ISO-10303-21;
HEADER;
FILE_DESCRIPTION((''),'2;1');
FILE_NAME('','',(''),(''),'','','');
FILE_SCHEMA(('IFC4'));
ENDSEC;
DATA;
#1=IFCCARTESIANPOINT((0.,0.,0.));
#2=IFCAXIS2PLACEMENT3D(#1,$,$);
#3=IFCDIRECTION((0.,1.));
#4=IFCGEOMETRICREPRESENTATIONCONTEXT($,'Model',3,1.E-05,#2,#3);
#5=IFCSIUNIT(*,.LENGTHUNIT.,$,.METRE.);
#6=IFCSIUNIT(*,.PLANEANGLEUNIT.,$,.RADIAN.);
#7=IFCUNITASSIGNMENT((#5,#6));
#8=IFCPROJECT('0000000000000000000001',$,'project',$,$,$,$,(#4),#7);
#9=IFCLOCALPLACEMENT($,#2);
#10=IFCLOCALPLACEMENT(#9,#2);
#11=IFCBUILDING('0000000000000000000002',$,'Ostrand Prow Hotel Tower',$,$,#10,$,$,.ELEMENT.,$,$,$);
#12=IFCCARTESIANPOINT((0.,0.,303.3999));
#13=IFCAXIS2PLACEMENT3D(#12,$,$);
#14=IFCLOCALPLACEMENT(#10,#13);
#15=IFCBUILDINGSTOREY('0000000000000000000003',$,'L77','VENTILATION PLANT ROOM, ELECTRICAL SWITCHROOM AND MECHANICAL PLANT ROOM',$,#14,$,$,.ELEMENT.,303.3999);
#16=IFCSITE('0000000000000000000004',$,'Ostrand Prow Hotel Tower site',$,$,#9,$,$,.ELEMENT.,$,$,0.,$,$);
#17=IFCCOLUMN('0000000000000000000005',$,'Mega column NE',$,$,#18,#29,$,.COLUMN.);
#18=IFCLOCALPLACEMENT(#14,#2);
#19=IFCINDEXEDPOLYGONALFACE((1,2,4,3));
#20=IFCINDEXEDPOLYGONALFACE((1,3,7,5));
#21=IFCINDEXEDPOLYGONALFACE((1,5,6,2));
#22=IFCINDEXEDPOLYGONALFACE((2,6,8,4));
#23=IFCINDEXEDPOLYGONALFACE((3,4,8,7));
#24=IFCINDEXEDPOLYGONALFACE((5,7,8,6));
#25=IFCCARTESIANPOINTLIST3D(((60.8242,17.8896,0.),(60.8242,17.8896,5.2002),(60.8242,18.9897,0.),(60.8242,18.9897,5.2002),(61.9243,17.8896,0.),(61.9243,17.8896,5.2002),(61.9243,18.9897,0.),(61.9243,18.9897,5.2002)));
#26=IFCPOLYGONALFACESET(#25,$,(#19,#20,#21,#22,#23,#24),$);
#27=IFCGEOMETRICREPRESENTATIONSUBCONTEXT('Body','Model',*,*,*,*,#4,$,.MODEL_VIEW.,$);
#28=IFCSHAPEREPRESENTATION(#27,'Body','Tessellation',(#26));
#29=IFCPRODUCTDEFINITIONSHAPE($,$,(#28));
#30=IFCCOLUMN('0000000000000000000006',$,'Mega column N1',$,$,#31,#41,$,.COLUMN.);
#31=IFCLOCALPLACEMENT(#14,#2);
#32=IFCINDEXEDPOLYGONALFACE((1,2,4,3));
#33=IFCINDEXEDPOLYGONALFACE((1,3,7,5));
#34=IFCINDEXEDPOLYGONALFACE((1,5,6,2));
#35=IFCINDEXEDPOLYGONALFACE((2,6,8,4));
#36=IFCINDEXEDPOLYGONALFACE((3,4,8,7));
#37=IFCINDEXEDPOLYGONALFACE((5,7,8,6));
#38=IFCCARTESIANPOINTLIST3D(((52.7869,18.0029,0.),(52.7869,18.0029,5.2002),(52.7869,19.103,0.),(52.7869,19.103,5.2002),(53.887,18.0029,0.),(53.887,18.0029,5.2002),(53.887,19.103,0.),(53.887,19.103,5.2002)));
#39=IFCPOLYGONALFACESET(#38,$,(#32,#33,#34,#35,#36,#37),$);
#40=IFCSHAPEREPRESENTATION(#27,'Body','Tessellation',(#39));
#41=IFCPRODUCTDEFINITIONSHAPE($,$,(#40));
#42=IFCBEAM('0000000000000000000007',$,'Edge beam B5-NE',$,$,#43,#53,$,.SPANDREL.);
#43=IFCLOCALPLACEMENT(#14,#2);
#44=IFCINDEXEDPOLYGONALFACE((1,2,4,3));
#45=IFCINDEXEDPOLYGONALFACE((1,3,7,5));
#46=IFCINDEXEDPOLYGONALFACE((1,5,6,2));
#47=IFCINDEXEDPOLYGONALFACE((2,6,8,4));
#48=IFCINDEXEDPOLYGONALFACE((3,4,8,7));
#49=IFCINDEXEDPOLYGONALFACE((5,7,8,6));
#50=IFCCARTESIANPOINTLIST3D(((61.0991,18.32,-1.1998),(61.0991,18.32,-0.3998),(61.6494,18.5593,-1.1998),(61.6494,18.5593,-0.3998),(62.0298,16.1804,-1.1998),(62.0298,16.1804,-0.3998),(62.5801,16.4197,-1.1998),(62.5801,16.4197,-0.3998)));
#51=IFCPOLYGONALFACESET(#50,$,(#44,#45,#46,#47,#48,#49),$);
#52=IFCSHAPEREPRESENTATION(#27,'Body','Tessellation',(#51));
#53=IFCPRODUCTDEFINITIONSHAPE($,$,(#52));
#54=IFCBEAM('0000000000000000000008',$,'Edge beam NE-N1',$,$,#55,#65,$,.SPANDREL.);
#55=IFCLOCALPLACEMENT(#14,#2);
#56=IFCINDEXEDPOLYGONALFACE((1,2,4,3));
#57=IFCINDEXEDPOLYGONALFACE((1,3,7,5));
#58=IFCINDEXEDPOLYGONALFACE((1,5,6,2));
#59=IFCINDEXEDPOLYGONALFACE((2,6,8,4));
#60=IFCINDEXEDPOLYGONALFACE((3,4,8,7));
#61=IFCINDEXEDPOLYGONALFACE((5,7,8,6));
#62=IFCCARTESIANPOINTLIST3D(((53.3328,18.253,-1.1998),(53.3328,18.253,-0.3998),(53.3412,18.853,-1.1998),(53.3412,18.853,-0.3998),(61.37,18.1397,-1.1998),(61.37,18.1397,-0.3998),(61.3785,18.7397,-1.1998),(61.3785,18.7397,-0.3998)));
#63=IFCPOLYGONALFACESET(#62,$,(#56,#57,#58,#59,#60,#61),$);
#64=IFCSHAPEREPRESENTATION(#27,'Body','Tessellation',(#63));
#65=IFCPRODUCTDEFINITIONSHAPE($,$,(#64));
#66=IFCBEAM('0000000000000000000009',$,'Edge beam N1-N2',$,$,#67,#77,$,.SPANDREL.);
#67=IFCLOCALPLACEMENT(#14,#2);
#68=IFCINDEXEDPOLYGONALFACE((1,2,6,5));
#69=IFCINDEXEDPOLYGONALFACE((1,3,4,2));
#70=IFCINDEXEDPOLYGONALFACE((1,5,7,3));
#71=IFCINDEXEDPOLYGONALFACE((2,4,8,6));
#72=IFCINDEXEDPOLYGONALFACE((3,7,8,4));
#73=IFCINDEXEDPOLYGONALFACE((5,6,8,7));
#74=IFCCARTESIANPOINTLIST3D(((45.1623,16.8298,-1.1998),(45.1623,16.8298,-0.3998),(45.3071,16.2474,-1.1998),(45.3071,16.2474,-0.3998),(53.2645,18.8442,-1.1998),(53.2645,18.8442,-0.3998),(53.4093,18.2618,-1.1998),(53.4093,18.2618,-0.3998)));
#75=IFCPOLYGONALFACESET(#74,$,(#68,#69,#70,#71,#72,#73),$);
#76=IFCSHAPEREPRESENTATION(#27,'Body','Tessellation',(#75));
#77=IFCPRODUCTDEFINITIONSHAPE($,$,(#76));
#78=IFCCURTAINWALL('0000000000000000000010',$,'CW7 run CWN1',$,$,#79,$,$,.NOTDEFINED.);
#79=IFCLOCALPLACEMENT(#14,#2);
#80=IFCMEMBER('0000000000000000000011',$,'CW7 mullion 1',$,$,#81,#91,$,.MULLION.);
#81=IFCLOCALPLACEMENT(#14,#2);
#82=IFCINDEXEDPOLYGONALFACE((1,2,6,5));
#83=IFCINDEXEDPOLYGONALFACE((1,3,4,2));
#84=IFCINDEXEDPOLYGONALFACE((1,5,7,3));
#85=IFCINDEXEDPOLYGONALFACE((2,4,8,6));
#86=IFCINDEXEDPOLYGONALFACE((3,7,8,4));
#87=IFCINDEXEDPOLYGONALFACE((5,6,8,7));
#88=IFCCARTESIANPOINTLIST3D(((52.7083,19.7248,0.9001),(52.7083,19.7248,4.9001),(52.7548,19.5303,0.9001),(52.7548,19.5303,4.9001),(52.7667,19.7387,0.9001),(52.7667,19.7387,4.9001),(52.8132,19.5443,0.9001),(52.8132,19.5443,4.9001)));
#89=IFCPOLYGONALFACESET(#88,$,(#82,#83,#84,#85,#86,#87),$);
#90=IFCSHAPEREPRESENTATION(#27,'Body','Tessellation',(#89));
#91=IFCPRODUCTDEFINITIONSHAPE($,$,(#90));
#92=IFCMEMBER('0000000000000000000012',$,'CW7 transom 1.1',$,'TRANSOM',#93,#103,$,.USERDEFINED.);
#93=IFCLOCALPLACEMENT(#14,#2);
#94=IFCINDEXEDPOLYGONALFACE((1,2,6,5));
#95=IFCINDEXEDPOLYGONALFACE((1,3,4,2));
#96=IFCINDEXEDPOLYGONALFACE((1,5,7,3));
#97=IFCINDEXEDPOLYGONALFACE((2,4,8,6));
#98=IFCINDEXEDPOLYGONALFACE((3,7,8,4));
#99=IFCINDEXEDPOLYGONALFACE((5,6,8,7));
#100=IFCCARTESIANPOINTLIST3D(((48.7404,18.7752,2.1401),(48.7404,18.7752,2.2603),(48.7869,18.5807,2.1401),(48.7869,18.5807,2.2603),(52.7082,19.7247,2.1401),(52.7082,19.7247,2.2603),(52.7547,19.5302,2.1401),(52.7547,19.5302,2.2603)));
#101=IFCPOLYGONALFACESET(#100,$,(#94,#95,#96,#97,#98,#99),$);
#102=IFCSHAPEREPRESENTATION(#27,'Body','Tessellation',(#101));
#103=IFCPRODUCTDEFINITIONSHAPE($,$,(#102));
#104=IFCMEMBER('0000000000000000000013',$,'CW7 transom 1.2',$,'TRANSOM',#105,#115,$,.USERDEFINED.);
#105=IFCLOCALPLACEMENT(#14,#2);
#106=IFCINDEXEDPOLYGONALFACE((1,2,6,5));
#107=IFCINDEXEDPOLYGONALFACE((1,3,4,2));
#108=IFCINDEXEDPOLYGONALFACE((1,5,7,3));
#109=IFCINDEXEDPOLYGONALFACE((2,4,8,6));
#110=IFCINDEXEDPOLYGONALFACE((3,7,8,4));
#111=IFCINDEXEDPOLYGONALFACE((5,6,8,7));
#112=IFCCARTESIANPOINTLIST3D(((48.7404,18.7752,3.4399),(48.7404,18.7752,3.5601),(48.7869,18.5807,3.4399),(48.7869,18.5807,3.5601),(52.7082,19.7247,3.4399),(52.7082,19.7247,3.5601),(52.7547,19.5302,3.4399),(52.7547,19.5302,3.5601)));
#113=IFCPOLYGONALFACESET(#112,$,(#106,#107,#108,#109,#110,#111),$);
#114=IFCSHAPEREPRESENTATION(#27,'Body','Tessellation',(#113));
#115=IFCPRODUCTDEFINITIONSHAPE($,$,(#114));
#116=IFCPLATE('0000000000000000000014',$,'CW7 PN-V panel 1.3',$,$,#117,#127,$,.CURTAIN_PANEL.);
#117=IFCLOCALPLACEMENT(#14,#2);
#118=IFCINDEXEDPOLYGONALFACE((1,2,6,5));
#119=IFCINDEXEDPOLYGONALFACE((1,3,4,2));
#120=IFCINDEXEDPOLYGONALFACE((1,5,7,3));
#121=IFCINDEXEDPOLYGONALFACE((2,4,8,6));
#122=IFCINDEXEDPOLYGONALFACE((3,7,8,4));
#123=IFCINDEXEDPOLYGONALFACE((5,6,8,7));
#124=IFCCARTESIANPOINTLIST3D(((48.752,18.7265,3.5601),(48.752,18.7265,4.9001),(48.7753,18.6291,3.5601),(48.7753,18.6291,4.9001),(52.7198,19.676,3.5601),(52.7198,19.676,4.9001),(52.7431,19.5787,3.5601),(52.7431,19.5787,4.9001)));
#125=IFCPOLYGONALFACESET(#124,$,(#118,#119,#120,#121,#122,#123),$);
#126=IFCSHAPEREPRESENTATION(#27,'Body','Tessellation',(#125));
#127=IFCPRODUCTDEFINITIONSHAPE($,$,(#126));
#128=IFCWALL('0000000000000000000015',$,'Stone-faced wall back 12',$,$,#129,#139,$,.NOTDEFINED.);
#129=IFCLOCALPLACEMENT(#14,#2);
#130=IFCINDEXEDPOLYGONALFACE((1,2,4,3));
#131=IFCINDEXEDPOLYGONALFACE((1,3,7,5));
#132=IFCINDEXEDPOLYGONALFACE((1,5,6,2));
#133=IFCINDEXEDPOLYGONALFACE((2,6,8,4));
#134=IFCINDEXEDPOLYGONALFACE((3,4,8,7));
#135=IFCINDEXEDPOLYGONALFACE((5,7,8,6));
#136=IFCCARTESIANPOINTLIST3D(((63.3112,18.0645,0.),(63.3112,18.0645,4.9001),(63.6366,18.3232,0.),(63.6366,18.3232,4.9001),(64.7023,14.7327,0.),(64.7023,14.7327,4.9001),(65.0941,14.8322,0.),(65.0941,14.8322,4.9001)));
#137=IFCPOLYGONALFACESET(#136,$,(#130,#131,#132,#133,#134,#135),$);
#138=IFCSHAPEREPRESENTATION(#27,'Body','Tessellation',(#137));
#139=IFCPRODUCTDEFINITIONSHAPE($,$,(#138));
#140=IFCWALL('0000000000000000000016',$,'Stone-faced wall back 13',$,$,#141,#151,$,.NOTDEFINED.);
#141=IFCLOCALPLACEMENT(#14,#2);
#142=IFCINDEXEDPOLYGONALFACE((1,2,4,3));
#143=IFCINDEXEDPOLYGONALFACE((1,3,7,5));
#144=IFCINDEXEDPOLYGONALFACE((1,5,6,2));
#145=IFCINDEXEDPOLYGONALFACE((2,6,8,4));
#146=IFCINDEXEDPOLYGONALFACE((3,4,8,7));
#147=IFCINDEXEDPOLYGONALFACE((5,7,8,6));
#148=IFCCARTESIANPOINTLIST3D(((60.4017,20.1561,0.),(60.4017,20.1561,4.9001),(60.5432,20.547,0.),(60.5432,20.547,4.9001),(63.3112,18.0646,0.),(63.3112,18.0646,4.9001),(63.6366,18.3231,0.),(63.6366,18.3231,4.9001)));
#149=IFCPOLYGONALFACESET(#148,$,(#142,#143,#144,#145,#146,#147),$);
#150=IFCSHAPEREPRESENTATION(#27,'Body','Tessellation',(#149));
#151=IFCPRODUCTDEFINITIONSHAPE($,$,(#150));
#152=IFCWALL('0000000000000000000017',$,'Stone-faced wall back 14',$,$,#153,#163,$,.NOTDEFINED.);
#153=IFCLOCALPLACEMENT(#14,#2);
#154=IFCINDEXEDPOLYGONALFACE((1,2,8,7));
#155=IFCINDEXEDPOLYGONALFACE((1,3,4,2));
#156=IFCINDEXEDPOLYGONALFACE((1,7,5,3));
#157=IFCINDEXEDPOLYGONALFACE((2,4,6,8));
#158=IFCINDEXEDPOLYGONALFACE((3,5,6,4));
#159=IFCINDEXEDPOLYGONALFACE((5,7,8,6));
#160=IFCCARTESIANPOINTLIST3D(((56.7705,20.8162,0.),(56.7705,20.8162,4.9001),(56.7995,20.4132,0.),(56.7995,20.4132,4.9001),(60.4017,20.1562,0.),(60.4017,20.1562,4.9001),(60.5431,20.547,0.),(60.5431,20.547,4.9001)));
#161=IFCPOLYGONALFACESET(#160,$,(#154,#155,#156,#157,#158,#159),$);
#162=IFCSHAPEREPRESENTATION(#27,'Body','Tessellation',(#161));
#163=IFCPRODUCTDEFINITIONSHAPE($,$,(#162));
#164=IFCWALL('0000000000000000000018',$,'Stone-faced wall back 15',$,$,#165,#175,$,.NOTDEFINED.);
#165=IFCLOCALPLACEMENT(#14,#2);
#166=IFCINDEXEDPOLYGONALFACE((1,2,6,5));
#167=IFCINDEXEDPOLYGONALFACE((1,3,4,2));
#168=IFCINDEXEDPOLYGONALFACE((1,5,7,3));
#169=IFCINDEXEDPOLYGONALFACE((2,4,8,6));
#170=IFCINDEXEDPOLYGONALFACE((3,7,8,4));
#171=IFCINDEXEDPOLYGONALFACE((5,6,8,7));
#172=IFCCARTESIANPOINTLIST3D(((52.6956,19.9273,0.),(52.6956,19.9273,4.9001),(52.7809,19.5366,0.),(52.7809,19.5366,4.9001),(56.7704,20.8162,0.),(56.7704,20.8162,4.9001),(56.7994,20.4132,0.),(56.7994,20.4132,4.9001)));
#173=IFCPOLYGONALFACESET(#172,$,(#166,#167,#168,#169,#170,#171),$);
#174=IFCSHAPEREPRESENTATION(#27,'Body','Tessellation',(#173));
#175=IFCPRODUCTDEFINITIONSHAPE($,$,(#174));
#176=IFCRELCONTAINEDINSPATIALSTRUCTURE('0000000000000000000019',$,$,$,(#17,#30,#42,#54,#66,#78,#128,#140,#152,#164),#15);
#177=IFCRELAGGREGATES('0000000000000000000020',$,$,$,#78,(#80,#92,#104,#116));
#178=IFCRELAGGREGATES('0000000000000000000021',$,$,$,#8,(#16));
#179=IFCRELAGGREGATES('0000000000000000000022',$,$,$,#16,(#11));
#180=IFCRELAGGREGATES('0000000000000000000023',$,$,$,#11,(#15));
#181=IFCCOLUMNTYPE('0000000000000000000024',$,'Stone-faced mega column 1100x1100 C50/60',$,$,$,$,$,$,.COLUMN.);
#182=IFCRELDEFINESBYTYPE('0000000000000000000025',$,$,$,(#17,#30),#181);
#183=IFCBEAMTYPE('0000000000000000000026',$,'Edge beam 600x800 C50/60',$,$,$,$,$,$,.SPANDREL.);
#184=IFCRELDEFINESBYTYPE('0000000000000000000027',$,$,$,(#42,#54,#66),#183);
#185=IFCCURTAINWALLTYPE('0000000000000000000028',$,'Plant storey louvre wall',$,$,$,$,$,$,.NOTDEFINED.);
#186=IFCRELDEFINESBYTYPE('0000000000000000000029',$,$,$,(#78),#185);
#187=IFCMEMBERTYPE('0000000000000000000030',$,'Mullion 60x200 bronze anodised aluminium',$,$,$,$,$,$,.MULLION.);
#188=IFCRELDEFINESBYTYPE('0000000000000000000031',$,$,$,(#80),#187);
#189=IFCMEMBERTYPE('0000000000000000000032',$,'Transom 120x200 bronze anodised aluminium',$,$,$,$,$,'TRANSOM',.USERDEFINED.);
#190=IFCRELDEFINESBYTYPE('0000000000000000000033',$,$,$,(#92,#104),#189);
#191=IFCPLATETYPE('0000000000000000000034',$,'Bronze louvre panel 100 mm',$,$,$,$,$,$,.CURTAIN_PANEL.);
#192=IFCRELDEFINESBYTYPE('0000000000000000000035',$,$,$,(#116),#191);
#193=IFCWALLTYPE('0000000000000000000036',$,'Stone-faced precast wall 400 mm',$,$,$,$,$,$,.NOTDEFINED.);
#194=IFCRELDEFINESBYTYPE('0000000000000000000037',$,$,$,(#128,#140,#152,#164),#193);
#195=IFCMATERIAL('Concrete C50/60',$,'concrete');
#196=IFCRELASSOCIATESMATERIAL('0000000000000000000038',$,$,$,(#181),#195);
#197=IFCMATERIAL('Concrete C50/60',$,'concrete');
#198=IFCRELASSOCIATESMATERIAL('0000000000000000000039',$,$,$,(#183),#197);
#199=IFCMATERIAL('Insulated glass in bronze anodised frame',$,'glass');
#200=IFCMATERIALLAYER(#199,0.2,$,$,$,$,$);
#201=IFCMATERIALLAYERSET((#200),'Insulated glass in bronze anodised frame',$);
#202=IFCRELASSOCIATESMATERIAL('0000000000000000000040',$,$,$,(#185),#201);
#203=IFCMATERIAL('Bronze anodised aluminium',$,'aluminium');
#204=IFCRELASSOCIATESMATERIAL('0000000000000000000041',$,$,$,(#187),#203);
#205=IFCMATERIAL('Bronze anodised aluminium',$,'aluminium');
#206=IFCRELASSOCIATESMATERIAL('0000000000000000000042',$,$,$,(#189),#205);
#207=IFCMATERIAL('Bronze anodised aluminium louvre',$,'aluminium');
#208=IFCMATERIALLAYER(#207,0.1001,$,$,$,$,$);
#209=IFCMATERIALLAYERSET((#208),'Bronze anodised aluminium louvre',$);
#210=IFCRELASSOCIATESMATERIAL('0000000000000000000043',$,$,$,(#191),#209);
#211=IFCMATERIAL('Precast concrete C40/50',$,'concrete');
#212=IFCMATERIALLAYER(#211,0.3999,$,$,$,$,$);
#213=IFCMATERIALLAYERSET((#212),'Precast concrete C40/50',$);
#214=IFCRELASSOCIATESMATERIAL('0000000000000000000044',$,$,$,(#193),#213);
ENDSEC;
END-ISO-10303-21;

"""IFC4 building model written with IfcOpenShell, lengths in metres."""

from ifc_helpers import new_model, si_unit, direction, frame, origin, origin_2d, place, context, subcontext, project, spatial, polyline, rectangle, outline, extrude, material, layer, layer_set, material_profile, profile_set, type_object, element, aggregate, save


model = new_model("IFC4")

# Units and contexts
model_context = context("Model", 3, precision=1e-05, world=origin(), true_north=direction((0.0, 1.0)))
body_context = subcontext(model_context, "Body", "Model", "MODEL_VIEW")
ifc_project = project(units=[si_unit("LENGTHUNIT", "METRE"), si_unit("PLANEANGLEUNIT", "RADIAN")], contexts=[model_context])

# Site, building, storey
site_placement = place(None, origin())
site = spatial("IfcSite", under=ifc_project, at=site_placement, Name="Ostrand Prow Hotel Tower site", CompositionType="ELEMENT", RefElevation=0.0)
building_placement = place(site_placement, origin())
building = spatial("IfcBuilding", under=site, at=building_placement, Name="Ostrand Prow Hotel Tower", CompositionType="ELEMENT")
storey_placement = place(building_placement, frame((0.0, 0.0, 303.3999)))
storey = spatial("IfcBuildingStorey", under=building, at=storey_placement, Name="L77", Description="VENTILATION PLANT ROOM, ELECTRICAL SWITCHROOM AND MECHANICAL PLANT ROOM", CompositionType="ELEMENT", Elevation=303.3999)

# Columns
ifc_material_1 = material(Name="Concrete C50/60", Category="concrete")
ifc_material_profile_1 = material_profile(ifc_material_1, rectangle(XDim=1.1001, YDim=1.1001, at=origin_2d()), Name="RC 1100x1100")
ifc_profile_set_1 = profile_set([ifc_material_profile_1], Name="Concrete C50/60")
column_type = type_object("IfcColumnType", Name="Stone-faced mega column 1100x1100 C50/60", PredefinedType="COLUMN", material=ifc_profile_set_1)
for number, where, z_axis, x_axis, name in (
    (1, (61.3743, 18.4397, 0.0), (0.0, 0.0, 1.0), (1.0, 0.0, 0.0), "Mega column NE"),
    (2, (53.3369, 18.553, 0.0), (0.0, 0.0, 1.0), (1.0, 0.0, 0.0), "Mega column N1"),
):
    element("IfcColumn", number, at=place(storey_placement, frame(where, z_axis=z_axis, x_axis=x_axis)), inside=storey, type_object=column_type, Name=name, PredefinedType="COLUMN", context=body_context, shape_type="SweptSolid", body=[
        extrude(rectangle(XDim=1.1001, YDim=1.1001, at=origin_2d()), origin(), (0.0, 0.0, 1.0), 5.2002),
    ])

# Beams
ifc_material_2 = material(Name="Concrete C50/60", Category="concrete")
ifc_material_profile_2 = material_profile(ifc_material_2, rectangle(XDim=0.6001, YDim=0.8, at=origin_2d()), Name="RC 600x800")
ifc_profile_set_2 = profile_set([ifc_material_profile_2], Name="Concrete C50/60")
beam_type = type_object("IfcBeamType", Name="Edge beam 600x800 C50/60", PredefinedType="SPANDREL", material=ifc_profile_set_2)
beam_1_placement = place(storey_placement, frame((62.3049, 16.3, -0.7998), z_axis=(-0.398864, 0.91701, 0.0), x_axis=(-0.91701, -0.398864, 0.0)))
element("IfcBeam", 3, at=beam_1_placement, inside=storey, type_object=beam_type, Name="Edge beam B5-NE", PredefinedType="SPANDREL", context=body_context, shape_type="SweptSolid", body=[
    extrude(rectangle(XDim=0.6001, YDim=0.8, at=origin_2d()), origin(), (0.0, 0.0, 1.0), 2.3333),
])
beam_2_placement = place(storey_placement, frame((61.3743, 18.4397, -0.7998), z_axis=(-0.999901, 0.014093, 0.0), x_axis=(-0.014093, -0.999901, 0.0)))
element("IfcBeam", 4, at=beam_2_placement, inside=storey, type_object=beam_type, Name="Edge beam NE-N1", PredefinedType="SPANDREL", context=body_context, shape_type="SweptSolid", body=[
    extrude(rectangle(XDim=0.6001, YDim=0.8, at=origin_2d()), origin(), (0.0, 0.0, 1.0), 8.0381),
])
beam_3_placement = place(storey_placement, frame((53.3369, 18.553, -0.7998), z_axis=(-0.970456, -0.241276, 0.0), x_axis=(0.241276, -0.970456, 0.0)))
element("IfcBeam", 5, at=beam_3_placement, inside=storey, type_object=beam_type, Name="Edge beam N1-N2", PredefinedType="SPANDREL", context=body_context, shape_type="SweptSolid", body=[
    extrude(rectangle(XDim=0.6001, YDim=0.8, at=origin_2d()), origin(), (0.0, 0.0, 1.0), 8.3489),
])

# Curtain wall, members, plate
ifc_material_3 = material(Name="Insulated glass in bronze anodised frame", Category="glass")
ifc_layer_1 = layer(ifc_material_3, 0.2)
ifc_layer_set_1 = layer_set([ifc_layer_1], Name="Insulated glass in bronze anodised frame")
curtain_wall_type = type_object("IfcCurtainWallType", Name="Plant storey louvre wall", PredefinedType="NOTDEFINED", material=ifc_layer_set_1)
curtain_wall_placement = place(storey_placement, origin())
curtain_wall = element("IfcCurtainWall", 6, at=curtain_wall_placement, inside=storey, type_object=curtain_wall_type, Name="CW7 run CWN1", PredefinedType="NOTDEFINED")
ifc_material_4 = material(Name="Bronze anodised aluminium", Category="aluminium")
ifc_material_profile_3 = material_profile(ifc_material_4, rectangle(XDim=0.2, YDim=0.0601, at=origin_2d()), Name="Mullion 60x200 bronze anodised aluminium")
ifc_profile_set_3 = profile_set([ifc_material_profile_3], Name="Bronze anodised aluminium")
member_type_1 = type_object("IfcMemberType", Name="Mullion 60x200 bronze anodised aluminium", PredefinedType="MULLION", material=ifc_profile_set_3)
member_1_placement = place(storey_placement, frame((52.7607, 19.6345, 0.9001), z_axis=(0.0, 0.0, 1.0), x_axis=(0.232746, -0.972538, 0.0)))
member_1 = element("IfcMember", 7, at=member_1_placement, type_object=member_type_1, Name="CW7 mullion 1", PredefinedType="MULLION", context=body_context, shape_type="SweptSolid", body=[
    extrude(rectangle(XDim=0.2, YDim=0.0601, at=origin_2d()), origin(), (0.0, 0.0, 1.0), 4.0),
])
ifc_material_5 = material(Name="Bronze anodised aluminium", Category="aluminium")
ifc_material_profile_4 = material_profile(ifc_material_5, rectangle(XDim=0.2, YDim=0.1201, at=origin_2d()), Name="Transom 120x200 bronze anodised aluminium")
ifc_profile_set_4 = profile_set([ifc_material_profile_4], Name="Bronze anodised aluminium")
member_type_2 = type_object("IfcMemberType", Name="Transom 120x200 bronze anodised aluminium", ElementType="TRANSOM", PredefinedType="USERDEFINED", material=ifc_profile_set_4)
member_2_placement = place(storey_placement, frame((52.7314, 19.6274, 2.2002), z_axis=(-0.972543, -0.232723, 0.0), x_axis=(0.232723, -0.972543, 0.0)))
member_2 = element("IfcMember", 8, at=member_2_placement, type_object=member_type_2, Name="CW7 transom 1.1", ObjectType="TRANSOM", PredefinedType="USERDEFINED", context=body_context, shape_type="SweptSolid", body=[
    extrude(rectangle(XDim=0.2, YDim=0.1201, at=origin_2d()), origin(), (0.0, 0.0, 1.0), 4.0798),
])
member_3_placement = place(storey_placement, frame((52.7314, 19.6274, 3.5), z_axis=(-0.972543, -0.232723, 0.0), x_axis=(0.232723, -0.972543, 0.0)))
member_3 = element("IfcMember", 9, at=member_3_placement, type_object=member_type_2, Name="CW7 transom 1.2", ObjectType="TRANSOM", PredefinedType="USERDEFINED", context=body_context, shape_type="SweptSolid", body=[
    extrude(rectangle(XDim=0.2, YDim=0.1201, at=origin_2d()), origin(), (0.0, 0.0, 1.0), 4.0798),
])
ifc_material_6 = material(Name="Bronze anodised aluminium louvre", Category="aluminium")
ifc_layer_2 = layer(ifc_material_6, 0.1001)
ifc_layer_set_2 = layer_set([ifc_layer_2], Name="Bronze anodised aluminium louvre")
plate_type = type_object("IfcPlateType", Name="Bronze louvre panel 100 mm", PredefinedType="CURTAIN_PANEL", material=ifc_layer_set_2)
plate_placement = place(storey_placement, frame((50.7476, 19.1526, 3.5601), z_axis=(0.0, 0.0, 1.0), x_axis=(-0.972538, -0.232746, 0.0)))
plate = element("IfcPlate", 10, at=plate_placement, type_object=plate_type, Name="CW7 PN-V panel 1.3", PredefinedType="CURTAIN_PANEL", context=body_context, shape_type="SweptSolid", body=[
    extrude(rectangle(XDim=4.0798, YDim=0.1001, at=origin_2d()), origin(), (0.0, 0.0, 1.0), 1.3401),
])
aggregate(curtain_wall, [member_1, member_2, member_3, plate])

# Walls
ifc_material_7 = material(Name="Precast concrete C40/50", Category="concrete")
ifc_layer_3 = layer(ifc_material_7, 0.3999)
ifc_layer_set_3 = layer_set([ifc_layer_3], Name="Precast concrete C40/50")
wall_type = type_object("IfcWallType", Name="Stone-faced precast wall 400 mm", PredefinedType="NOTDEFINED", material=ifc_layer_set_3)
wall_1_placement = place(storey_placement, frame((64.8982, 14.7825, 0.0), z_axis=(0.0, 0.0, 1.0), x_axis=(-0.385286, 0.922797, 0.0)))
element("IfcWall", 11, at=wall_1_placement, inside=storey, type_object=wall_type, Name="Stone-faced wall back 12", PredefinedType="NOTDEFINED", context=body_context, shape_type="SweptSolid", body=[
    extrude(outline(polyline([(-0.0295, -0.2), (3.7534, -0.2), (3.6401, 0.2), (0.0295, 0.2), (-0.0295, -0.2)])), origin(), (0.0, 0.0, 1.0), 4.9001),
])
wall_2_placement = place(storey_placement, frame((63.4739, 18.1938, 0.0), z_axis=(0.0, 0.0, 1.0), x_axis=(-0.811963, 0.58371, 0.0)))
element("IfcWall", 12, at=wall_2_placement, inside=storey, type_object=wall_type, Name="Stone-faced wall back 13", PredefinedType="NOTDEFINED", context=body_context, shape_type="SweptSolid", body=[
    extrude(outline(polyline([(-0.0566, -0.2), (3.7532, -0.2), (3.6399, 0.2), (0.0566, 0.2), (-0.0566, -0.2)])), origin(), (0.0, 0.0, 1.0), 4.9001),
])
wall_3_placement = place(storey_placement, frame((60.4724, 20.3516, 0.0), z_axis=(0.0, 0.0, 1.0), x_axis=(-0.997463, 0.071191, 0.0)))
element("IfcWall", 13, at=wall_3_placement, inside=storey, type_object=wall_type, Name="Stone-faced wall back 14", PredefinedType="NOTDEFINED", context=body_context, shape_type="SweptSolid", body=[
    extrude(outline(polyline([(-0.0566, -0.2), (3.7256, -0.2), (3.668, 0.2), (0.0566, 0.2), (-0.0566, -0.2)])), origin(), (0.0, 0.0, 1.0), 4.9001),
])
wall_4_placement = place(storey_placement, frame((56.7849, 20.6147, 0.0), z_axis=(0.0, 0.0, 1.0), x_axis=(-0.97702, -0.213147, 0.0)))
element("IfcWall", 14, at=wall_4_placement, inside=storey, type_object=wall_type, Name="Stone-faced wall back 15", PredefinedType="NOTDEFINED", context=body_context, shape_type="SweptSolid", body=[
    extrude(outline(polyline([(-0.0288, -0.2), (4.1418, -0.2), (4.1418, 0.2), (0.0288, 0.2), (-0.0288, -0.2)])), origin(), (0.0, 0.0, 1.0), 4.9001),
])

save(model, "model.ifc")
